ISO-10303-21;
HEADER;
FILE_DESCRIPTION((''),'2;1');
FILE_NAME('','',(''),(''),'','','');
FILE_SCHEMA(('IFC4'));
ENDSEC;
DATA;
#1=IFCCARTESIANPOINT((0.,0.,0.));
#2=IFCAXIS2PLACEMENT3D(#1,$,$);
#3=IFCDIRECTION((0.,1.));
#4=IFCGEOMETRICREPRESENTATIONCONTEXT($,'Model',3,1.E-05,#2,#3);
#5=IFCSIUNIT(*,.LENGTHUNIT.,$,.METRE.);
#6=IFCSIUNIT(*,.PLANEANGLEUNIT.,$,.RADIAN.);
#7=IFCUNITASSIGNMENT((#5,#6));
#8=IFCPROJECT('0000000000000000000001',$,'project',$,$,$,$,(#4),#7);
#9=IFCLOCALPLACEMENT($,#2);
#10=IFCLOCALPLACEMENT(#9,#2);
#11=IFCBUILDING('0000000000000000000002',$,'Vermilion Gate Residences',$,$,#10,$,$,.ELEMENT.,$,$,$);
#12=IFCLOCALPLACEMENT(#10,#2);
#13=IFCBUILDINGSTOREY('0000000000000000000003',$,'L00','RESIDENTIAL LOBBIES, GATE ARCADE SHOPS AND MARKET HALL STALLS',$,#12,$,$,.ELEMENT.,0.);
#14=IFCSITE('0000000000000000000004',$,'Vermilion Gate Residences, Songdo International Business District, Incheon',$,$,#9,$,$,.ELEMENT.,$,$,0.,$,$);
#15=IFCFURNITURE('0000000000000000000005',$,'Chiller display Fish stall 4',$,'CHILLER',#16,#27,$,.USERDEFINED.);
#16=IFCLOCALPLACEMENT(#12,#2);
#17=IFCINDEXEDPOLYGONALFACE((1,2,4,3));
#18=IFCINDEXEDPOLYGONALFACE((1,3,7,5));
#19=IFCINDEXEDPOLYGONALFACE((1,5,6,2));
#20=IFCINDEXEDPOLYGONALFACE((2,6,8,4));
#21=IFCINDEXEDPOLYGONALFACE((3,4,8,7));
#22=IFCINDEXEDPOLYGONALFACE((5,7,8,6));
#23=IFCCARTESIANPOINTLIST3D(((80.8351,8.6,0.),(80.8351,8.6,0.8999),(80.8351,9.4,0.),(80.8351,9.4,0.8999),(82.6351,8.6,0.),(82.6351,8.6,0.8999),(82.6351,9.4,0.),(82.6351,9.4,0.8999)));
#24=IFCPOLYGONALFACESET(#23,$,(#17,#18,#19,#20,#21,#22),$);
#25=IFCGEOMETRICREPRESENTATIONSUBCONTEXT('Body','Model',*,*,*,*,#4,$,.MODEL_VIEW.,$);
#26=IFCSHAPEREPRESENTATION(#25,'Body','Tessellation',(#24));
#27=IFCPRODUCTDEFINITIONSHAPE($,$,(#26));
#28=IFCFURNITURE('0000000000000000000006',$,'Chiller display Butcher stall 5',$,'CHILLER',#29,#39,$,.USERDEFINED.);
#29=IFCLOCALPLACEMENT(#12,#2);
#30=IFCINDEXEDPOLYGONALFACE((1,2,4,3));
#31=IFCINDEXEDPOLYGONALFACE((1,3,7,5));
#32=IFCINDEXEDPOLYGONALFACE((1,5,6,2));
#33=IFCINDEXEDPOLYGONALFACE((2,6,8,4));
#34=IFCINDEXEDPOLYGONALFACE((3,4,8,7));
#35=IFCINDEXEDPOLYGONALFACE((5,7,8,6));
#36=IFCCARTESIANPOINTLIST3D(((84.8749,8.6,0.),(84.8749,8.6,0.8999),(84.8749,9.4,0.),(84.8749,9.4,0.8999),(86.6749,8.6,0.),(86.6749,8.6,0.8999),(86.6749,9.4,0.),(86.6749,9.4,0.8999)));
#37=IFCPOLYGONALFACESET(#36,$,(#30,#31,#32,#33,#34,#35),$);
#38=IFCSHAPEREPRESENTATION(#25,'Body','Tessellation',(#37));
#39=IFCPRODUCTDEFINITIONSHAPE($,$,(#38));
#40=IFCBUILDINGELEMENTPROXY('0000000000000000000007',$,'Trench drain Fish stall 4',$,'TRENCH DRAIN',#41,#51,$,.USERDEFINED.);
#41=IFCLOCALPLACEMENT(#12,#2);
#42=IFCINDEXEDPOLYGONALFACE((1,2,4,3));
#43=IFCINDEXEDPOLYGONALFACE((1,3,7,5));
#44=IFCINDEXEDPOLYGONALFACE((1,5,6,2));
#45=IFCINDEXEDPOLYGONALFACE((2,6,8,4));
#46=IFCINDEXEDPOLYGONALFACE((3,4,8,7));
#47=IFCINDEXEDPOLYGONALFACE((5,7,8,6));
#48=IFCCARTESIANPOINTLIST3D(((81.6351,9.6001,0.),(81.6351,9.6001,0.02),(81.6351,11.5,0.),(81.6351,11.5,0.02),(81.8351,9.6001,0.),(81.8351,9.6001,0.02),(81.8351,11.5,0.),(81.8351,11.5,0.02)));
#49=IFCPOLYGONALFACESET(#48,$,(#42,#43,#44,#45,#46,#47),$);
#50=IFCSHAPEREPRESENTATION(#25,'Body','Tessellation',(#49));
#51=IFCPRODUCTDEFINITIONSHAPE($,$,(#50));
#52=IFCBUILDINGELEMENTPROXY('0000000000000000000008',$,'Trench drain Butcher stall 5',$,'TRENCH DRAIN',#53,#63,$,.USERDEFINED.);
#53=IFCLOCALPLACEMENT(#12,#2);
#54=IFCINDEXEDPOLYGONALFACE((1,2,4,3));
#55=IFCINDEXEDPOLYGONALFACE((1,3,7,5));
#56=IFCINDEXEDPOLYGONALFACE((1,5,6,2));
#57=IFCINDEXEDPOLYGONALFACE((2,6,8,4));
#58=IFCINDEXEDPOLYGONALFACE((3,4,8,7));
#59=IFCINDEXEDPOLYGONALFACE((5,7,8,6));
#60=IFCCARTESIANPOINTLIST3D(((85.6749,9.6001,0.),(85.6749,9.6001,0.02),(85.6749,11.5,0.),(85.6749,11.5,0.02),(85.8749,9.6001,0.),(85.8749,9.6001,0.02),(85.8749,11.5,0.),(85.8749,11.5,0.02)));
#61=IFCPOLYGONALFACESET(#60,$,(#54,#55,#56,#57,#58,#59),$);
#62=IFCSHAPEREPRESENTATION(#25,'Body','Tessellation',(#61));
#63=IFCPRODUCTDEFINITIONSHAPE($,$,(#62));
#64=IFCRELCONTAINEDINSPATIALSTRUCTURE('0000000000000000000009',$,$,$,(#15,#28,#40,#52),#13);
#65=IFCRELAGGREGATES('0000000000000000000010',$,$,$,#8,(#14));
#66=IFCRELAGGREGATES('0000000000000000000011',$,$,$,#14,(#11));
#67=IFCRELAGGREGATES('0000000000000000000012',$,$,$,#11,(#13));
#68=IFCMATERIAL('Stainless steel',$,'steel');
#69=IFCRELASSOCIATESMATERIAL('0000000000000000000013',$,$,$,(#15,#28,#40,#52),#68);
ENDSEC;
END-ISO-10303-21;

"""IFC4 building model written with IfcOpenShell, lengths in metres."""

from ifc_helpers import new_model, si_unit, direction, frame, origin, origin_2d, place, context, subcontext, project, spatial, rectangle, extrude, material, element, save


model = new_model("IFC4")

# Units and contexts
model_context = context("Model", 3, precision=1e-05, world=origin(), true_north=direction((0.0, 1.0)))
body_context = subcontext(model_context, "Body", "Model", "MODEL_VIEW")
ifc_project = project(units=[si_unit("LENGTHUNIT", "METRE"), si_unit("PLANEANGLEUNIT", "RADIAN")], contexts=[model_context])

# Site, building, storey
site_placement = place(None, origin())
site = spatial("IfcSite", under=ifc_project, at=site_placement, Name="Vermilion Gate Residences, Songdo International Business District, Incheon", CompositionType="ELEMENT", RefElevation=0.0)
building_placement = place(site_placement, origin())
building = spatial("IfcBuilding", under=site, at=building_placement, Name="Vermilion Gate Residences", CompositionType="ELEMENT")
storey_placement = place(building_placement, origin())
storey = spatial("IfcBuildingStorey", under=building, at=storey_placement, Name="L00", Description="RESIDENTIAL LOBBIES, GATE ARCADE SHOPS AND MARKET HALL STALLS", CompositionType="ELEMENT", Elevation=0.0)

# Furniture
ifc_material_1 = material(Name="Stainless steel", Category="steel")
for number, where, z_axis, x_axis, name in (
    (1, (81.7351, 9.0, 0.0), (0.0, 0.0, 1.0), (1.0, 0.0, 0.0), "Chiller display Fish stall 4"),
    (2, (85.7749, 9.0, 0.0), (0.0, 0.0, 1.0), (1.0, 0.0, 0.0), "Chiller display Butcher stall 5"),
):
    element("IfcFurniture", number, at=place(storey_placement, frame(where, z_axis=z_axis, x_axis=x_axis)), inside=storey, material=ifc_material_1, Name=name, ObjectType="CHILLER", PredefinedType="USERDEFINED", context=body_context, shape_type="SweptSolid", body=[
        extrude(rectangle(XDim=1.8, YDim=0.8, at=origin_2d()), origin(), (0.0, 0.0, 1.0), 0.8999),
    ])

# Building element proxies
for number, where, z_axis, x_axis, name in (
    (3, (81.7351, 10.55, 0.0), (0.0, 0.0, 1.0), (1.0, 0.0, 0.0), "Trench drain Fish stall 4"),
    (4, (85.7749, 10.55, 0.0), (0.0, 0.0, 1.0), (1.0, 0.0, 0.0), "Trench drain Butcher stall 5"),
):
    element("IfcBuildingElementProxy", number, at=place(storey_placement, frame(where, z_axis=z_axis, x_axis=x_axis)), inside=storey, material=ifc_material_1, Name=name, ObjectType="TRENCH DRAIN", PredefinedType="USERDEFINED", context=body_context, shape_type="SweptSolid", body=[
        extrude(rectangle(XDim=0.2, YDim=1.8999, at=origin_2d()), origin(), (0.0, 0.0, 1.0), 0.02),
    ])

save(model, "model.ifc")
